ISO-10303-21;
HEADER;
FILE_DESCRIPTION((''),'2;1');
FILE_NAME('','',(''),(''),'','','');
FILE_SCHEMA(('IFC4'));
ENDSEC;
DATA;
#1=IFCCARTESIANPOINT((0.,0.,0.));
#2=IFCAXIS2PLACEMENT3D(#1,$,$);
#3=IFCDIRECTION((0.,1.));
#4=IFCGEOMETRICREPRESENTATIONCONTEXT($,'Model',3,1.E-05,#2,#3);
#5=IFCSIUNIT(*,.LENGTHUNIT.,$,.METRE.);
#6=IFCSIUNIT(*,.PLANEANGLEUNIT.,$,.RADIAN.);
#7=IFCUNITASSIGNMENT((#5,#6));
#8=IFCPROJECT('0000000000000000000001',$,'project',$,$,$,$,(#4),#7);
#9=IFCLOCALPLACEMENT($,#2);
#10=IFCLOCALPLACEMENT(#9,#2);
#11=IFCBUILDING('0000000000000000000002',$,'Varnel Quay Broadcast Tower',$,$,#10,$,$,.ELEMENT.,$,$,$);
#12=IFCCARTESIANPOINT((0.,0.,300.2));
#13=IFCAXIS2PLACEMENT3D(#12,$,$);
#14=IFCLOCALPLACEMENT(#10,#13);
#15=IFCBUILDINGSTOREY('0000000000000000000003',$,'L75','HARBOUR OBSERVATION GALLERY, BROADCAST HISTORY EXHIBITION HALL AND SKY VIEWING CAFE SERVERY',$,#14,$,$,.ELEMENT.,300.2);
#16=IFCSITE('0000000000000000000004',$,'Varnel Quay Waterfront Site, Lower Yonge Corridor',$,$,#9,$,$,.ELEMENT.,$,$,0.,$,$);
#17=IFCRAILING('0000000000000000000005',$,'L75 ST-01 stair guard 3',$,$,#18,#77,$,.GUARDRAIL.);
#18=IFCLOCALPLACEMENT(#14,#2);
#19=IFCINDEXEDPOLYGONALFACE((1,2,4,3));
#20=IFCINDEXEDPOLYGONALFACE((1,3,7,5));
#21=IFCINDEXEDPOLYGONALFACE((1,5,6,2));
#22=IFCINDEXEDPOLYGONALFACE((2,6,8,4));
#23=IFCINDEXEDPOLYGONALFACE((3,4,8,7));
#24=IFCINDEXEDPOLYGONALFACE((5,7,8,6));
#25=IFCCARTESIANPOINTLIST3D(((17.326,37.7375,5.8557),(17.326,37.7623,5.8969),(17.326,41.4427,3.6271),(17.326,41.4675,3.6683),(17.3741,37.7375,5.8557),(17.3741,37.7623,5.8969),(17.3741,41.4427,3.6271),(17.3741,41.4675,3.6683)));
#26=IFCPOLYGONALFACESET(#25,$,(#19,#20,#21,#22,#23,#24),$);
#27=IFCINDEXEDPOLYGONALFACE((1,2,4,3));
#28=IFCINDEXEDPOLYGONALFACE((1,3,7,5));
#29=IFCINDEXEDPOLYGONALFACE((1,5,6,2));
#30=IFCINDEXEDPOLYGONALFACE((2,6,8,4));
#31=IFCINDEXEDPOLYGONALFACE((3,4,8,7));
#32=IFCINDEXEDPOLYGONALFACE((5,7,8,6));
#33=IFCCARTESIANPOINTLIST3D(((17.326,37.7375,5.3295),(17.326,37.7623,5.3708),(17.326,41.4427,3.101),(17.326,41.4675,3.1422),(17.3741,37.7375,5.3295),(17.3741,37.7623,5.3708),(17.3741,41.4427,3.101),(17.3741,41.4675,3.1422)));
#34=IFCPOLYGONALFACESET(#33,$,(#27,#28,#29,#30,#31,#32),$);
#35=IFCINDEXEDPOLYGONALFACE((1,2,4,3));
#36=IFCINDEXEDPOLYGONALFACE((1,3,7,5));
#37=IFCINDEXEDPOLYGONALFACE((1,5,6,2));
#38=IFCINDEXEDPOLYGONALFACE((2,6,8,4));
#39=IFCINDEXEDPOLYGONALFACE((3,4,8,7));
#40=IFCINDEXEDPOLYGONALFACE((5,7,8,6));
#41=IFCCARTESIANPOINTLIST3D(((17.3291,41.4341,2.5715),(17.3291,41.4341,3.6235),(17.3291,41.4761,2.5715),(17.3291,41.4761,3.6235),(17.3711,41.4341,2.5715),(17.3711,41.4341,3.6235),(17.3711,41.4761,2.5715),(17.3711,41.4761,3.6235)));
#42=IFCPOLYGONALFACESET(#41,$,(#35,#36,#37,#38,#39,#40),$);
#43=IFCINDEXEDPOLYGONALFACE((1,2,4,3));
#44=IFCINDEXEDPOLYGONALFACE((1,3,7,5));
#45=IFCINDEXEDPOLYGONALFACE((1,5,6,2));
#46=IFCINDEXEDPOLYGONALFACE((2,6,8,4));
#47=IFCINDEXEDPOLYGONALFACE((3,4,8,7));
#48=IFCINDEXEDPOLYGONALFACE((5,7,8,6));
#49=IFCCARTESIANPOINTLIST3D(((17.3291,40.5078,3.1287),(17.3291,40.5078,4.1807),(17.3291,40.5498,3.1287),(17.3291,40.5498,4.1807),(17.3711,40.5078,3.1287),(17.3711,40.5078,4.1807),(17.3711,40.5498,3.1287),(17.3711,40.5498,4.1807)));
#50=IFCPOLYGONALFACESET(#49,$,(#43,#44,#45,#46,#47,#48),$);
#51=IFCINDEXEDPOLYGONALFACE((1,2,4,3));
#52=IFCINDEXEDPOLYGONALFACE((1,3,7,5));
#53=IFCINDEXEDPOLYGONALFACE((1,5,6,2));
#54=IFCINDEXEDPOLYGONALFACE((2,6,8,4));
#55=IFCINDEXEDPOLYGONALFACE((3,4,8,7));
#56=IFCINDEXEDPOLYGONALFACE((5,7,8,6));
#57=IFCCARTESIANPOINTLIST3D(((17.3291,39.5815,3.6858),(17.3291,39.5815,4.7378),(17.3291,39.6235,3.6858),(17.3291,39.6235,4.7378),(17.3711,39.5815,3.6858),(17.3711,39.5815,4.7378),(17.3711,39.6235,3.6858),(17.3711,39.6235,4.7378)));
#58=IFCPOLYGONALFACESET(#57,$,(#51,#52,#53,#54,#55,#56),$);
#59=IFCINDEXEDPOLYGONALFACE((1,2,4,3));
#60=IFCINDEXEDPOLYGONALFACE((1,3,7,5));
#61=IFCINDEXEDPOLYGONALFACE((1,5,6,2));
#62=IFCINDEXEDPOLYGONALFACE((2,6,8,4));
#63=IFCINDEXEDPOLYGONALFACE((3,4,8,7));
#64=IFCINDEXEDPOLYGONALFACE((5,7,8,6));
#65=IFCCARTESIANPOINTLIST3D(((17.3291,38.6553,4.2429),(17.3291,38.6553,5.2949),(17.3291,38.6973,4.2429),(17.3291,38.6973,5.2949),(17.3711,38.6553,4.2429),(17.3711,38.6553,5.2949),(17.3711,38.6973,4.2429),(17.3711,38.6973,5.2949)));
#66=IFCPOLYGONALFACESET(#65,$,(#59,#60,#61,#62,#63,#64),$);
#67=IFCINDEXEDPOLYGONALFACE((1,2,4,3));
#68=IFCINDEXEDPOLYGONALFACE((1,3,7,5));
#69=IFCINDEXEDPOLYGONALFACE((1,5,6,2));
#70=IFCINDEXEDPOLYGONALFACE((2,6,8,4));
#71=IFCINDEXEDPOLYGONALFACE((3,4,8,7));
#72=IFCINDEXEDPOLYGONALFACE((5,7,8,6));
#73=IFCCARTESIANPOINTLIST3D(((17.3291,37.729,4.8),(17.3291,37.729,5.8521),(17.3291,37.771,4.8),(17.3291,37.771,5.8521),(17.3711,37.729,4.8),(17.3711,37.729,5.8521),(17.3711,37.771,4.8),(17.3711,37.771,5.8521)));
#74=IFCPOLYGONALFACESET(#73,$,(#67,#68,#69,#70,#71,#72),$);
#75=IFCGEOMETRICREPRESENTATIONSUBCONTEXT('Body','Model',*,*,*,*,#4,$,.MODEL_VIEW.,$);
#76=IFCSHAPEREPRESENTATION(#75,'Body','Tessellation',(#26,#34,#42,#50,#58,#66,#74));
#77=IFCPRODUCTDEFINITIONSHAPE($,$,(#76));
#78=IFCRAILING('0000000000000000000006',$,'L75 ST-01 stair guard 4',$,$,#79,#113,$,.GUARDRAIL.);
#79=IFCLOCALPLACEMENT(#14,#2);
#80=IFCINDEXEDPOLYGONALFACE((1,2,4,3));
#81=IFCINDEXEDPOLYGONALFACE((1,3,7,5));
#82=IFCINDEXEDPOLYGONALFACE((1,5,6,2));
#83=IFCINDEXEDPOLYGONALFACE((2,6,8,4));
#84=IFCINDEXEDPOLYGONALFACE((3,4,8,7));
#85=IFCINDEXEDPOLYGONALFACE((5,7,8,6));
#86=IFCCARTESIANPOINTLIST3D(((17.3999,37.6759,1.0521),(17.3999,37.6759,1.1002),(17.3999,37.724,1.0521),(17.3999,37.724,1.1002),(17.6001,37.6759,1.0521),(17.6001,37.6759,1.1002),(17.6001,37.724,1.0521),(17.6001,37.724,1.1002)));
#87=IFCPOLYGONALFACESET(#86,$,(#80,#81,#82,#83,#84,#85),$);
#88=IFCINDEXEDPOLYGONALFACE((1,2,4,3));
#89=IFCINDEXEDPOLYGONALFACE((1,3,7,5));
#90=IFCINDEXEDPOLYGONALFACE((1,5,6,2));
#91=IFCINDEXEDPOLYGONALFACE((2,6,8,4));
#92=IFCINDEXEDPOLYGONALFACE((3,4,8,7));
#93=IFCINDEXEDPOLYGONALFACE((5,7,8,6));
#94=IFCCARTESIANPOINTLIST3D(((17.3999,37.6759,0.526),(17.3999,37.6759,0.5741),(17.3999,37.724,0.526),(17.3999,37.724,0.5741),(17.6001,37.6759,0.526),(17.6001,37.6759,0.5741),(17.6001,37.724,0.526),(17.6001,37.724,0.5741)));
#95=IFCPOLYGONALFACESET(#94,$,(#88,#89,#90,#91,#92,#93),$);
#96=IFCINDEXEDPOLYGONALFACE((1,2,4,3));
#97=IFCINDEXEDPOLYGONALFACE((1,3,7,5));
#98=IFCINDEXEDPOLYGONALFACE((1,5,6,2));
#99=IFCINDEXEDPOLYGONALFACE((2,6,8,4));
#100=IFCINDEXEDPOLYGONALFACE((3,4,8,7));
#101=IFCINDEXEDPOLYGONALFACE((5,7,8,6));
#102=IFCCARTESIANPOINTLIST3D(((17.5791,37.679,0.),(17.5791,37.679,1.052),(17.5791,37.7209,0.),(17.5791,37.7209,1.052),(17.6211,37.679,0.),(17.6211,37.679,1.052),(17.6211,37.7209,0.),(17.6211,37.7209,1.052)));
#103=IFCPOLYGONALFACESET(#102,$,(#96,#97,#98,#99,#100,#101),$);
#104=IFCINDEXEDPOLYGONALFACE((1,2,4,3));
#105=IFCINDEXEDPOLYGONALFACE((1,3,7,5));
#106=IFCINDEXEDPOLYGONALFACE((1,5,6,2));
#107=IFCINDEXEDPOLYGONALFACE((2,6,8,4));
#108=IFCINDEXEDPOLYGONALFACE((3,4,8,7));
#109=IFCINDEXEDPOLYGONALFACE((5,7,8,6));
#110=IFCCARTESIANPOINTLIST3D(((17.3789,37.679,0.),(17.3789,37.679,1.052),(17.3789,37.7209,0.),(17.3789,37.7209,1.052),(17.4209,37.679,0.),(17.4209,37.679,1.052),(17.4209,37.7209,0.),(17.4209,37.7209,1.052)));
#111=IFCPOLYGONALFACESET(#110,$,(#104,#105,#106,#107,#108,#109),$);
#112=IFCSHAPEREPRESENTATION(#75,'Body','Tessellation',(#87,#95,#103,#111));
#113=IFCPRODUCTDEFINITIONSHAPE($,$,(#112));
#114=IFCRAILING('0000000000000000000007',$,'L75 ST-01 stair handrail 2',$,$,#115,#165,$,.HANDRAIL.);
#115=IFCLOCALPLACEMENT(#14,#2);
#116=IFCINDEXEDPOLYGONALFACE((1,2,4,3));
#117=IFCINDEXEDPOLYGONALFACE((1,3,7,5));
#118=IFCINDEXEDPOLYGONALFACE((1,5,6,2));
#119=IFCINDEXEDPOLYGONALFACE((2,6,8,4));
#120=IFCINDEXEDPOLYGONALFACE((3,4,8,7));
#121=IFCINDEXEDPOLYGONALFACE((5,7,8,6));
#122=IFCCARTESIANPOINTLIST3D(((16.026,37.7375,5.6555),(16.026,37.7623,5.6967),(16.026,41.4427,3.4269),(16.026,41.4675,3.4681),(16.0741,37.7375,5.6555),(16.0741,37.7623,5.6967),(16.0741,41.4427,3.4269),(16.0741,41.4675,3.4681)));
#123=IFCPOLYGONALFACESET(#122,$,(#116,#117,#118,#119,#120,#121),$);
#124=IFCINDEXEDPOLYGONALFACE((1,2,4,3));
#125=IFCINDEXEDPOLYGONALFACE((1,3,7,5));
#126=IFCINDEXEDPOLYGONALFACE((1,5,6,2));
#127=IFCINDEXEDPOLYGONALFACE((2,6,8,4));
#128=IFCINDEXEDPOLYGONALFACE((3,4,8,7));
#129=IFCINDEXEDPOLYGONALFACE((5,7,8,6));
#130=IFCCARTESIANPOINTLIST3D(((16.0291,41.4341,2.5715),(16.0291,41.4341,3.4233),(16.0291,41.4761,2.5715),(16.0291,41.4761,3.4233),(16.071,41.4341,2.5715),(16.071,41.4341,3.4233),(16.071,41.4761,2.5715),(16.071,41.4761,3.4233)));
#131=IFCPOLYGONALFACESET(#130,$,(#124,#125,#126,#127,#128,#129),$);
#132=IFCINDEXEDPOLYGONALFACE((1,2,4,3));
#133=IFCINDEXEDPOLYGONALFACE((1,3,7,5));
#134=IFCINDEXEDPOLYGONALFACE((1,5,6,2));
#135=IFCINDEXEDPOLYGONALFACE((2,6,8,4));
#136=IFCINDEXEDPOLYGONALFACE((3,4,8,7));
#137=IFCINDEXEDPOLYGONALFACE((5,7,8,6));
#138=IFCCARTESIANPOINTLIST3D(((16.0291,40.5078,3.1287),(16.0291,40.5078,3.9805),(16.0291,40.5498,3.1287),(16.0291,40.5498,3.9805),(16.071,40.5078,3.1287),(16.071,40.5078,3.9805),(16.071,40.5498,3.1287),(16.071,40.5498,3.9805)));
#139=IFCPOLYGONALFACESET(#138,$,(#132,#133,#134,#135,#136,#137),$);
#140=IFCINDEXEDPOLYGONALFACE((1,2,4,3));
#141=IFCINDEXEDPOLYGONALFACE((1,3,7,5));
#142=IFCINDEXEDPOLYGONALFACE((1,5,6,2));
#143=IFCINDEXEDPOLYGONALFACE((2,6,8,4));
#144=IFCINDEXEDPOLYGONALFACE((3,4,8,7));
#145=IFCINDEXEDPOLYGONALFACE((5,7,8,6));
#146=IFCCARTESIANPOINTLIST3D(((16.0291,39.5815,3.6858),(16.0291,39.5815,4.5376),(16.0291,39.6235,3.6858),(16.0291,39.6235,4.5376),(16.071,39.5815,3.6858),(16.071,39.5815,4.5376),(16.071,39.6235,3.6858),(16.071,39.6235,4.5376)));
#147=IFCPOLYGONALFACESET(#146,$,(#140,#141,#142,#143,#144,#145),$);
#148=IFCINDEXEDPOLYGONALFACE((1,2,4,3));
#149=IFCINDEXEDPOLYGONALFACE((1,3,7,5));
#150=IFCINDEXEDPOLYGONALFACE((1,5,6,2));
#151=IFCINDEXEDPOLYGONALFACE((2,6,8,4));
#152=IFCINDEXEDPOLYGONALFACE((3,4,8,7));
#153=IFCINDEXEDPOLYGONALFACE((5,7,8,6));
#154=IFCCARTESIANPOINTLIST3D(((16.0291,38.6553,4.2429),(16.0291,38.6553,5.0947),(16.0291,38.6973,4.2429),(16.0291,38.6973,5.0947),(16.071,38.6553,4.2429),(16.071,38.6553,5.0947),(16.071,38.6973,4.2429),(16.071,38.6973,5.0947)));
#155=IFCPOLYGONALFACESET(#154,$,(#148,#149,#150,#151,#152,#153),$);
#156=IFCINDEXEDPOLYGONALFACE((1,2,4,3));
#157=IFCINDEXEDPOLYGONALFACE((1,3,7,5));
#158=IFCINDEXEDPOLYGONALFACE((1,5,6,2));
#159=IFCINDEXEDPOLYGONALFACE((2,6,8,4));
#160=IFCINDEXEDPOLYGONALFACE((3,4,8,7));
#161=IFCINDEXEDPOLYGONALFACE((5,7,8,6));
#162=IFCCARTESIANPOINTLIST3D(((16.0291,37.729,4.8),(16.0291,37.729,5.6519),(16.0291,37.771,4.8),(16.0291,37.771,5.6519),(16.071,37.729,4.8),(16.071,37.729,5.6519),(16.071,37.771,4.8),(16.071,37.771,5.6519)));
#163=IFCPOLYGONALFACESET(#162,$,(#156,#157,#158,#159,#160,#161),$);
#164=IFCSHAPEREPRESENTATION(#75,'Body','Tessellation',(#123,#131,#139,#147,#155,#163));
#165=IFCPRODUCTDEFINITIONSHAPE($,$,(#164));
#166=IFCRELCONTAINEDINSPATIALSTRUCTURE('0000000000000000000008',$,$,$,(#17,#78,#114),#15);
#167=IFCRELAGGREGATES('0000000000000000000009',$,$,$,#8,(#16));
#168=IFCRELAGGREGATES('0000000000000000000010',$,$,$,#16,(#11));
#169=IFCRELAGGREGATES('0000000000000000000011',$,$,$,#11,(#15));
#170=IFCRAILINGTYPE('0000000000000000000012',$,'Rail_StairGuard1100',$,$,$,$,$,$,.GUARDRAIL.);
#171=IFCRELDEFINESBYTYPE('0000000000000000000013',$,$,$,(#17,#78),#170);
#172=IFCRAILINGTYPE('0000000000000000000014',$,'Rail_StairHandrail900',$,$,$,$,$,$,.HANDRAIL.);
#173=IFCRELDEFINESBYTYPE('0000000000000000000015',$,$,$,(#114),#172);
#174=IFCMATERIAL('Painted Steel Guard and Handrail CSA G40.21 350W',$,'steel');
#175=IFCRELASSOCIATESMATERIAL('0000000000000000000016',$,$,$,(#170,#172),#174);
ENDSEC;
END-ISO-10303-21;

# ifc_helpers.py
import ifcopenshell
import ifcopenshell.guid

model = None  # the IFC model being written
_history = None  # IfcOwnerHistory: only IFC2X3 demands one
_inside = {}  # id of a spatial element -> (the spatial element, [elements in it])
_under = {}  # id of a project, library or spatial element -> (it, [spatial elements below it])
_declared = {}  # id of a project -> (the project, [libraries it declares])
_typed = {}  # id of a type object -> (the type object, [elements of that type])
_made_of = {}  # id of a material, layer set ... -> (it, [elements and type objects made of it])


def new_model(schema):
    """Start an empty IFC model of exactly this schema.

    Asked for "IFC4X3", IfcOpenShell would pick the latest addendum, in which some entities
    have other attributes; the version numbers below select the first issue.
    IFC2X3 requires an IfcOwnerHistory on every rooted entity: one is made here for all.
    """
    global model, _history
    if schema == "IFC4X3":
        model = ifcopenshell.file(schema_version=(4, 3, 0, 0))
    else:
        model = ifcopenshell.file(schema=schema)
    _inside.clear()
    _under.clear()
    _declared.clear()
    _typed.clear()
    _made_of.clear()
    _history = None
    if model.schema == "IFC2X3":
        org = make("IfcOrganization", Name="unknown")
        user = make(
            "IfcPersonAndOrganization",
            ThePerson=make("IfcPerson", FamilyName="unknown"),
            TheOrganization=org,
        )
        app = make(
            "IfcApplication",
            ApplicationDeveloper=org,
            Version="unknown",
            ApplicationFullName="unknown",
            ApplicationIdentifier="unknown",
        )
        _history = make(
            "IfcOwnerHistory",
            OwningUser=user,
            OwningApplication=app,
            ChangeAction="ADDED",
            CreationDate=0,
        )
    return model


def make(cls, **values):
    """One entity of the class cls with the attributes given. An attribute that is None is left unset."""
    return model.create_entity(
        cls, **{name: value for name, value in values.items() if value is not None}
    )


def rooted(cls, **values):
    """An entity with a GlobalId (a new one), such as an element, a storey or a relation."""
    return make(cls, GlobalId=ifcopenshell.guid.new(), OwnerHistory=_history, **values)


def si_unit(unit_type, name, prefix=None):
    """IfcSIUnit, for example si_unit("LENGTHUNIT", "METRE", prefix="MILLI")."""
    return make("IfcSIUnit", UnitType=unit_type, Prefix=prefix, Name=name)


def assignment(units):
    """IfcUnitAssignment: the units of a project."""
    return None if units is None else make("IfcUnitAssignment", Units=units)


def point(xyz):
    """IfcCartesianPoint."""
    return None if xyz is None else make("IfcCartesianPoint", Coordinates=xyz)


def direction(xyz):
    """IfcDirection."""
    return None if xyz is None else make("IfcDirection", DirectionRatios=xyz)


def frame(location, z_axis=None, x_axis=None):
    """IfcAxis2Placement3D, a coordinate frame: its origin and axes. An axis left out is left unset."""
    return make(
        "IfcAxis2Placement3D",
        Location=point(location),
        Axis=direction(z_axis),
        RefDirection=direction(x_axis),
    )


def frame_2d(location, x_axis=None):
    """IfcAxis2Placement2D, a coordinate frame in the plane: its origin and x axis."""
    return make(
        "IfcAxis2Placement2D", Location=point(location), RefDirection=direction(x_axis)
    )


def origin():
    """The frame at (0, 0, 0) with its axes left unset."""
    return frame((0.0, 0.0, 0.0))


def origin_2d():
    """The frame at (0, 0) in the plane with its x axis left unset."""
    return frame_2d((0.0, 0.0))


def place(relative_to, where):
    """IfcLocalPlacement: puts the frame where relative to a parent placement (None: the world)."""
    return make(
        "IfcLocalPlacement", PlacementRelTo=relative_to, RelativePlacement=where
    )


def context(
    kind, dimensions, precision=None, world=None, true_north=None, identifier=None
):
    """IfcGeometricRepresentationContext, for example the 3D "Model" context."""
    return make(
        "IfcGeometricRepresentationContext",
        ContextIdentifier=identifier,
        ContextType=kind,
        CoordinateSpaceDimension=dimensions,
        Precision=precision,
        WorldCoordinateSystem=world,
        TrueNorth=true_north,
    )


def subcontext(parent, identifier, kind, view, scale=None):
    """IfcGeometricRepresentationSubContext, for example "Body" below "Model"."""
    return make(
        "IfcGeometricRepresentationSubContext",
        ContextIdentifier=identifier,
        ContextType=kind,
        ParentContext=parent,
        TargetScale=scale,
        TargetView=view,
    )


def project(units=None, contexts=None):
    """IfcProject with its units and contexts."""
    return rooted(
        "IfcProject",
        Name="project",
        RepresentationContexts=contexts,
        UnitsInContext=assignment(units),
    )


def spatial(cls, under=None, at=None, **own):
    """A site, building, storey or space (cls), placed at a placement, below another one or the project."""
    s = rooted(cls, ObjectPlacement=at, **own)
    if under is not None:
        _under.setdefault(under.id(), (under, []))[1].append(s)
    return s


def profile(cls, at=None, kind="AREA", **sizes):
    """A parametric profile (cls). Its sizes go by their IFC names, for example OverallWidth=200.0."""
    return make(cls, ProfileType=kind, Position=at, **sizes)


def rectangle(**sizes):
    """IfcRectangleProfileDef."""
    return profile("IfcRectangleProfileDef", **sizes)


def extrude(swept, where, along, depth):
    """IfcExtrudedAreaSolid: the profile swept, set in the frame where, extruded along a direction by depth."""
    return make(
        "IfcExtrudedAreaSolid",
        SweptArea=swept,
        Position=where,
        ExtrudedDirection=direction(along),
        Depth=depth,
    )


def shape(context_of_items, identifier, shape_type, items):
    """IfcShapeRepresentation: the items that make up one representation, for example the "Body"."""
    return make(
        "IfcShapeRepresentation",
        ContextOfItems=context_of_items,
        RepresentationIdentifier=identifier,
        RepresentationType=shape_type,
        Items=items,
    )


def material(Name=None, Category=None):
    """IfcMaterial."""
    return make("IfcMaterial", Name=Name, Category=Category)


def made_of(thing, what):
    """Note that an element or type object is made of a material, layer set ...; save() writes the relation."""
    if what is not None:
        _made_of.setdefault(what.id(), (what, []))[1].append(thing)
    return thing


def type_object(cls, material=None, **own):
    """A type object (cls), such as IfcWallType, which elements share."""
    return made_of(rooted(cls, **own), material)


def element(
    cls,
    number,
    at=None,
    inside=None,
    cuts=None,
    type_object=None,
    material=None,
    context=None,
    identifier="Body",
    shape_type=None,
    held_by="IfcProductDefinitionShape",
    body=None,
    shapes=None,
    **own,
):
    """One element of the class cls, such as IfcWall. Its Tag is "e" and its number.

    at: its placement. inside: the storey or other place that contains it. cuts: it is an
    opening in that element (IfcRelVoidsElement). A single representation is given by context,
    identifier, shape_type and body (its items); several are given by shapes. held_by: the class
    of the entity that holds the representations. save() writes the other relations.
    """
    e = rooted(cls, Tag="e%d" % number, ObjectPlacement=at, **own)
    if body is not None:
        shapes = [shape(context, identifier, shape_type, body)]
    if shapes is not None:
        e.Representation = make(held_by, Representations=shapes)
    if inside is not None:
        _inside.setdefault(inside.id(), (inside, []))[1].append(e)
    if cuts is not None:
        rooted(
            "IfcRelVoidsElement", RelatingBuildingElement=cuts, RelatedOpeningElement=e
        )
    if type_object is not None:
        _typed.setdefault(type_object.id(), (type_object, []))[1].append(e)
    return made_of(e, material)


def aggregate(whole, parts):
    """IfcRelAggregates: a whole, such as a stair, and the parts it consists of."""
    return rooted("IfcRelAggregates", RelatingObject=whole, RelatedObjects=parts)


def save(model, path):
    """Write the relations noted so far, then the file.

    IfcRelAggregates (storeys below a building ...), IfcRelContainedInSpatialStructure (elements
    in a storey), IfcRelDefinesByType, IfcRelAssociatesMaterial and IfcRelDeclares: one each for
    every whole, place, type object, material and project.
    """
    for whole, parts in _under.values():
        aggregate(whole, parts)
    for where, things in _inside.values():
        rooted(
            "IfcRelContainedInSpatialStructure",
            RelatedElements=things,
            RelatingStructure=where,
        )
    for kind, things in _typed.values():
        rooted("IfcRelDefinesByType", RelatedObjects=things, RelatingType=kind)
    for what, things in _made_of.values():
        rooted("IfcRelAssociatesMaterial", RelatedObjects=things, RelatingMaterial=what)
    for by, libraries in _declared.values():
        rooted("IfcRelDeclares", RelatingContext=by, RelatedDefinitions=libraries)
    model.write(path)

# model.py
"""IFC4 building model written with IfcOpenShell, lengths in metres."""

from ifc_helpers import new_model, si_unit, direction, frame, origin, origin_2d, place, context, subcontext, project, spatial, rectangle, extrude, material, type_object, element, save


model = new_model("IFC4")

# Units and contexts
model_context = context("Model", 3, precision=1e-05, world=origin(), true_north=direction((0.0, 1.0)))
body_context = subcontext(model_context, "Body", "Model", "MODEL_VIEW")
ifc_project = project(units=[si_unit("LENGTHUNIT", "METRE"), si_unit("PLANEANGLEUNIT", "RADIAN")], contexts=[model_context])

# Site, building, storey
site_placement = place(None, origin())
site = spatial("IfcSite", under=ifc_project, at=site_placement, Name="Varnel Quay Waterfront Site, Lower Yonge Corridor", CompositionType="ELEMENT", RefElevation=0.0)
building_placement = place(site_placement, origin())
building = spatial("IfcBuilding", under=site, at=building_placement, Name="Varnel Quay Broadcast Tower", CompositionType="ELEMENT")
storey_placement = place(building_placement, frame((0.0, 0.0, 300.2)))
storey = spatial("IfcBuildingStorey", under=building, at=storey_placement, Name="L75", Description="HARBOUR OBSERVATION GALLERY, BROADCAST HISTORY EXHIBITION HALL AND SKY VIEWING CAFE SERVERY", CompositionType="ELEMENT", Elevation=300.2)

# Railings
ifc_material_1 = material(Name="Painted Steel Guard and Handrail CSA G40.21 350W", Category="steel")
railing_type_1 = type_object("IfcRailingType", Name="Rail_StairGuard1100", PredefinedType="GUARDRAIL", material=ifc_material_1)
railing_1_placement = place(storey_placement, frame((17.3501, 41.4551, 2.5715)))
element("IfcRailing", 1, at=railing_1_placement, inside=storey, type_object=railing_type_1, Name="L75 ST-01 stair guard 3", PredefinedType="GUARDRAIL", context=body_context, shape_type="SweptSolid", body=[
    extrude(rectangle(XDim=0.0481, YDim=0.0481, at=origin_2d()), frame((0.0, 0.0, 1.0762), z_axis=(0.0, -0.856934, 0.515425), x_axis=(1.0, 0.0, 0.0)), (0.0, 0.0, 1.0), 4.3237),
    extrude(rectangle(XDim=0.0481, YDim=0.0481, at=origin_2d()), frame((0.0, 0.0, 0.55), z_axis=(0.0, -0.856934, 0.515425), x_axis=(1.0, 0.0, 0.0)), (0.0, 0.0, 1.0), 4.3237),
    extrude(rectangle(XDim=0.042, YDim=0.042, at=origin_2d()), origin(), (0.0, 0.0, 1.0), 1.052),
    extrude(rectangle(XDim=0.042, YDim=0.042, at=origin_2d()), frame((0.0, -0.9263, 0.5571)), (0.0, 0.0, 1.0), 1.052),
    extrude(rectangle(XDim=0.042, YDim=0.042, at=origin_2d()), frame((0.0, -1.8525, 1.1143)), (0.0, 0.0, 1.0), 1.052),
    extrude(rectangle(XDim=0.042, YDim=0.042, at=origin_2d()), frame((0.0, -2.7788, 1.6714)), (0.0, 0.0, 1.0), 1.052),
    extrude(rectangle(XDim=0.042, YDim=0.042, at=origin_2d()), frame((0.0, -3.7051, 2.2285)), (0.0, 0.0, 1.0), 1.052),
])
railing_2_placement = place(storey_placement, frame((17.6001, 37.7, 0.0)))
element("IfcRailing", 2, at=railing_2_placement, inside=storey, type_object=railing_type_1, Name="L75 ST-01 stair guard 4", PredefinedType="GUARDRAIL", context=body_context, shape_type="SweptSolid", body=[
    extrude(rectangle(XDim=0.0481, YDim=0.0481, at=origin_2d()), frame((0.0, 0.0, 1.0762), z_axis=(-1.0, 0.0, 0.0), x_axis=(0.0, -1.0, 0.0)), (0.0, 0.0, 1.0), 0.2002),
    extrude(rectangle(XDim=0.0481, YDim=0.0481, at=origin_2d()), frame((0.0, 0.0, 0.55), z_axis=(-1.0, 0.0, 0.0), x_axis=(0.0, -1.0, 0.0)), (0.0, 0.0, 1.0), 0.2002),
    extrude(rectangle(XDim=0.042, YDim=0.042, at=origin_2d()), origin(), (0.0, 0.0, 1.0), 1.052),
    extrude(rectangle(XDim=0.042, YDim=0.042, at=origin_2d()), frame((-0.2002, 0.0, 0.0)), (0.0, 0.0, 1.0), 1.052),
])
railing_type_2 = type_object("IfcRailingType", Name="Rail_StairHandrail900", PredefinedType="HANDRAIL", material=ifc_material_1)
railing_3_placement = place(storey_placement, frame((16.05, 41.4551, 2.5715)))
element("IfcRailing", 3, at=railing_3_placement, inside=storey, type_object=railing_type_2, Name="L75 ST-01 stair handrail 2", PredefinedType="HANDRAIL", context=body_context, shape_type="SweptSolid", body=[
    extrude(rectangle(XDim=0.0481, YDim=0.0481, at=origin_2d()), frame((0.0, 0.0, 0.876), z_axis=(0.0, -0.856934, 0.515425), x_axis=(1.0, 0.0, 0.0)), (0.0, 0.0, 1.0), 4.3237),
    extrude(rectangle(XDim=0.042, YDim=0.042, at=origin_2d()), origin(), (0.0, 0.0, 1.0), 0.8518),
    extrude(rectangle(XDim=0.042, YDim=0.042, at=origin_2d()), frame((0.0, -0.9263, 0.5571)), (0.0, 0.0, 1.0), 0.8518),
    extrude(rectangle(XDim=0.042, YDim=0.042, at=origin_2d()), frame((0.0, -1.8525, 1.1143)), (0.0, 0.0, 1.0), 0.8518),
    extrude(rectangle(XDim=0.042, YDim=0.042, at=origin_2d()), frame((0.0, -2.7788, 1.6714)), (0.0, 0.0, 1.0), 0.8518),
    extrude(rectangle(XDim=0.042, YDim=0.042, at=origin_2d()), frame((0.0, -3.7051, 2.2285)), (0.0, 0.0, 1.0), 0.8518),
])

save(model, "model.ifc")
